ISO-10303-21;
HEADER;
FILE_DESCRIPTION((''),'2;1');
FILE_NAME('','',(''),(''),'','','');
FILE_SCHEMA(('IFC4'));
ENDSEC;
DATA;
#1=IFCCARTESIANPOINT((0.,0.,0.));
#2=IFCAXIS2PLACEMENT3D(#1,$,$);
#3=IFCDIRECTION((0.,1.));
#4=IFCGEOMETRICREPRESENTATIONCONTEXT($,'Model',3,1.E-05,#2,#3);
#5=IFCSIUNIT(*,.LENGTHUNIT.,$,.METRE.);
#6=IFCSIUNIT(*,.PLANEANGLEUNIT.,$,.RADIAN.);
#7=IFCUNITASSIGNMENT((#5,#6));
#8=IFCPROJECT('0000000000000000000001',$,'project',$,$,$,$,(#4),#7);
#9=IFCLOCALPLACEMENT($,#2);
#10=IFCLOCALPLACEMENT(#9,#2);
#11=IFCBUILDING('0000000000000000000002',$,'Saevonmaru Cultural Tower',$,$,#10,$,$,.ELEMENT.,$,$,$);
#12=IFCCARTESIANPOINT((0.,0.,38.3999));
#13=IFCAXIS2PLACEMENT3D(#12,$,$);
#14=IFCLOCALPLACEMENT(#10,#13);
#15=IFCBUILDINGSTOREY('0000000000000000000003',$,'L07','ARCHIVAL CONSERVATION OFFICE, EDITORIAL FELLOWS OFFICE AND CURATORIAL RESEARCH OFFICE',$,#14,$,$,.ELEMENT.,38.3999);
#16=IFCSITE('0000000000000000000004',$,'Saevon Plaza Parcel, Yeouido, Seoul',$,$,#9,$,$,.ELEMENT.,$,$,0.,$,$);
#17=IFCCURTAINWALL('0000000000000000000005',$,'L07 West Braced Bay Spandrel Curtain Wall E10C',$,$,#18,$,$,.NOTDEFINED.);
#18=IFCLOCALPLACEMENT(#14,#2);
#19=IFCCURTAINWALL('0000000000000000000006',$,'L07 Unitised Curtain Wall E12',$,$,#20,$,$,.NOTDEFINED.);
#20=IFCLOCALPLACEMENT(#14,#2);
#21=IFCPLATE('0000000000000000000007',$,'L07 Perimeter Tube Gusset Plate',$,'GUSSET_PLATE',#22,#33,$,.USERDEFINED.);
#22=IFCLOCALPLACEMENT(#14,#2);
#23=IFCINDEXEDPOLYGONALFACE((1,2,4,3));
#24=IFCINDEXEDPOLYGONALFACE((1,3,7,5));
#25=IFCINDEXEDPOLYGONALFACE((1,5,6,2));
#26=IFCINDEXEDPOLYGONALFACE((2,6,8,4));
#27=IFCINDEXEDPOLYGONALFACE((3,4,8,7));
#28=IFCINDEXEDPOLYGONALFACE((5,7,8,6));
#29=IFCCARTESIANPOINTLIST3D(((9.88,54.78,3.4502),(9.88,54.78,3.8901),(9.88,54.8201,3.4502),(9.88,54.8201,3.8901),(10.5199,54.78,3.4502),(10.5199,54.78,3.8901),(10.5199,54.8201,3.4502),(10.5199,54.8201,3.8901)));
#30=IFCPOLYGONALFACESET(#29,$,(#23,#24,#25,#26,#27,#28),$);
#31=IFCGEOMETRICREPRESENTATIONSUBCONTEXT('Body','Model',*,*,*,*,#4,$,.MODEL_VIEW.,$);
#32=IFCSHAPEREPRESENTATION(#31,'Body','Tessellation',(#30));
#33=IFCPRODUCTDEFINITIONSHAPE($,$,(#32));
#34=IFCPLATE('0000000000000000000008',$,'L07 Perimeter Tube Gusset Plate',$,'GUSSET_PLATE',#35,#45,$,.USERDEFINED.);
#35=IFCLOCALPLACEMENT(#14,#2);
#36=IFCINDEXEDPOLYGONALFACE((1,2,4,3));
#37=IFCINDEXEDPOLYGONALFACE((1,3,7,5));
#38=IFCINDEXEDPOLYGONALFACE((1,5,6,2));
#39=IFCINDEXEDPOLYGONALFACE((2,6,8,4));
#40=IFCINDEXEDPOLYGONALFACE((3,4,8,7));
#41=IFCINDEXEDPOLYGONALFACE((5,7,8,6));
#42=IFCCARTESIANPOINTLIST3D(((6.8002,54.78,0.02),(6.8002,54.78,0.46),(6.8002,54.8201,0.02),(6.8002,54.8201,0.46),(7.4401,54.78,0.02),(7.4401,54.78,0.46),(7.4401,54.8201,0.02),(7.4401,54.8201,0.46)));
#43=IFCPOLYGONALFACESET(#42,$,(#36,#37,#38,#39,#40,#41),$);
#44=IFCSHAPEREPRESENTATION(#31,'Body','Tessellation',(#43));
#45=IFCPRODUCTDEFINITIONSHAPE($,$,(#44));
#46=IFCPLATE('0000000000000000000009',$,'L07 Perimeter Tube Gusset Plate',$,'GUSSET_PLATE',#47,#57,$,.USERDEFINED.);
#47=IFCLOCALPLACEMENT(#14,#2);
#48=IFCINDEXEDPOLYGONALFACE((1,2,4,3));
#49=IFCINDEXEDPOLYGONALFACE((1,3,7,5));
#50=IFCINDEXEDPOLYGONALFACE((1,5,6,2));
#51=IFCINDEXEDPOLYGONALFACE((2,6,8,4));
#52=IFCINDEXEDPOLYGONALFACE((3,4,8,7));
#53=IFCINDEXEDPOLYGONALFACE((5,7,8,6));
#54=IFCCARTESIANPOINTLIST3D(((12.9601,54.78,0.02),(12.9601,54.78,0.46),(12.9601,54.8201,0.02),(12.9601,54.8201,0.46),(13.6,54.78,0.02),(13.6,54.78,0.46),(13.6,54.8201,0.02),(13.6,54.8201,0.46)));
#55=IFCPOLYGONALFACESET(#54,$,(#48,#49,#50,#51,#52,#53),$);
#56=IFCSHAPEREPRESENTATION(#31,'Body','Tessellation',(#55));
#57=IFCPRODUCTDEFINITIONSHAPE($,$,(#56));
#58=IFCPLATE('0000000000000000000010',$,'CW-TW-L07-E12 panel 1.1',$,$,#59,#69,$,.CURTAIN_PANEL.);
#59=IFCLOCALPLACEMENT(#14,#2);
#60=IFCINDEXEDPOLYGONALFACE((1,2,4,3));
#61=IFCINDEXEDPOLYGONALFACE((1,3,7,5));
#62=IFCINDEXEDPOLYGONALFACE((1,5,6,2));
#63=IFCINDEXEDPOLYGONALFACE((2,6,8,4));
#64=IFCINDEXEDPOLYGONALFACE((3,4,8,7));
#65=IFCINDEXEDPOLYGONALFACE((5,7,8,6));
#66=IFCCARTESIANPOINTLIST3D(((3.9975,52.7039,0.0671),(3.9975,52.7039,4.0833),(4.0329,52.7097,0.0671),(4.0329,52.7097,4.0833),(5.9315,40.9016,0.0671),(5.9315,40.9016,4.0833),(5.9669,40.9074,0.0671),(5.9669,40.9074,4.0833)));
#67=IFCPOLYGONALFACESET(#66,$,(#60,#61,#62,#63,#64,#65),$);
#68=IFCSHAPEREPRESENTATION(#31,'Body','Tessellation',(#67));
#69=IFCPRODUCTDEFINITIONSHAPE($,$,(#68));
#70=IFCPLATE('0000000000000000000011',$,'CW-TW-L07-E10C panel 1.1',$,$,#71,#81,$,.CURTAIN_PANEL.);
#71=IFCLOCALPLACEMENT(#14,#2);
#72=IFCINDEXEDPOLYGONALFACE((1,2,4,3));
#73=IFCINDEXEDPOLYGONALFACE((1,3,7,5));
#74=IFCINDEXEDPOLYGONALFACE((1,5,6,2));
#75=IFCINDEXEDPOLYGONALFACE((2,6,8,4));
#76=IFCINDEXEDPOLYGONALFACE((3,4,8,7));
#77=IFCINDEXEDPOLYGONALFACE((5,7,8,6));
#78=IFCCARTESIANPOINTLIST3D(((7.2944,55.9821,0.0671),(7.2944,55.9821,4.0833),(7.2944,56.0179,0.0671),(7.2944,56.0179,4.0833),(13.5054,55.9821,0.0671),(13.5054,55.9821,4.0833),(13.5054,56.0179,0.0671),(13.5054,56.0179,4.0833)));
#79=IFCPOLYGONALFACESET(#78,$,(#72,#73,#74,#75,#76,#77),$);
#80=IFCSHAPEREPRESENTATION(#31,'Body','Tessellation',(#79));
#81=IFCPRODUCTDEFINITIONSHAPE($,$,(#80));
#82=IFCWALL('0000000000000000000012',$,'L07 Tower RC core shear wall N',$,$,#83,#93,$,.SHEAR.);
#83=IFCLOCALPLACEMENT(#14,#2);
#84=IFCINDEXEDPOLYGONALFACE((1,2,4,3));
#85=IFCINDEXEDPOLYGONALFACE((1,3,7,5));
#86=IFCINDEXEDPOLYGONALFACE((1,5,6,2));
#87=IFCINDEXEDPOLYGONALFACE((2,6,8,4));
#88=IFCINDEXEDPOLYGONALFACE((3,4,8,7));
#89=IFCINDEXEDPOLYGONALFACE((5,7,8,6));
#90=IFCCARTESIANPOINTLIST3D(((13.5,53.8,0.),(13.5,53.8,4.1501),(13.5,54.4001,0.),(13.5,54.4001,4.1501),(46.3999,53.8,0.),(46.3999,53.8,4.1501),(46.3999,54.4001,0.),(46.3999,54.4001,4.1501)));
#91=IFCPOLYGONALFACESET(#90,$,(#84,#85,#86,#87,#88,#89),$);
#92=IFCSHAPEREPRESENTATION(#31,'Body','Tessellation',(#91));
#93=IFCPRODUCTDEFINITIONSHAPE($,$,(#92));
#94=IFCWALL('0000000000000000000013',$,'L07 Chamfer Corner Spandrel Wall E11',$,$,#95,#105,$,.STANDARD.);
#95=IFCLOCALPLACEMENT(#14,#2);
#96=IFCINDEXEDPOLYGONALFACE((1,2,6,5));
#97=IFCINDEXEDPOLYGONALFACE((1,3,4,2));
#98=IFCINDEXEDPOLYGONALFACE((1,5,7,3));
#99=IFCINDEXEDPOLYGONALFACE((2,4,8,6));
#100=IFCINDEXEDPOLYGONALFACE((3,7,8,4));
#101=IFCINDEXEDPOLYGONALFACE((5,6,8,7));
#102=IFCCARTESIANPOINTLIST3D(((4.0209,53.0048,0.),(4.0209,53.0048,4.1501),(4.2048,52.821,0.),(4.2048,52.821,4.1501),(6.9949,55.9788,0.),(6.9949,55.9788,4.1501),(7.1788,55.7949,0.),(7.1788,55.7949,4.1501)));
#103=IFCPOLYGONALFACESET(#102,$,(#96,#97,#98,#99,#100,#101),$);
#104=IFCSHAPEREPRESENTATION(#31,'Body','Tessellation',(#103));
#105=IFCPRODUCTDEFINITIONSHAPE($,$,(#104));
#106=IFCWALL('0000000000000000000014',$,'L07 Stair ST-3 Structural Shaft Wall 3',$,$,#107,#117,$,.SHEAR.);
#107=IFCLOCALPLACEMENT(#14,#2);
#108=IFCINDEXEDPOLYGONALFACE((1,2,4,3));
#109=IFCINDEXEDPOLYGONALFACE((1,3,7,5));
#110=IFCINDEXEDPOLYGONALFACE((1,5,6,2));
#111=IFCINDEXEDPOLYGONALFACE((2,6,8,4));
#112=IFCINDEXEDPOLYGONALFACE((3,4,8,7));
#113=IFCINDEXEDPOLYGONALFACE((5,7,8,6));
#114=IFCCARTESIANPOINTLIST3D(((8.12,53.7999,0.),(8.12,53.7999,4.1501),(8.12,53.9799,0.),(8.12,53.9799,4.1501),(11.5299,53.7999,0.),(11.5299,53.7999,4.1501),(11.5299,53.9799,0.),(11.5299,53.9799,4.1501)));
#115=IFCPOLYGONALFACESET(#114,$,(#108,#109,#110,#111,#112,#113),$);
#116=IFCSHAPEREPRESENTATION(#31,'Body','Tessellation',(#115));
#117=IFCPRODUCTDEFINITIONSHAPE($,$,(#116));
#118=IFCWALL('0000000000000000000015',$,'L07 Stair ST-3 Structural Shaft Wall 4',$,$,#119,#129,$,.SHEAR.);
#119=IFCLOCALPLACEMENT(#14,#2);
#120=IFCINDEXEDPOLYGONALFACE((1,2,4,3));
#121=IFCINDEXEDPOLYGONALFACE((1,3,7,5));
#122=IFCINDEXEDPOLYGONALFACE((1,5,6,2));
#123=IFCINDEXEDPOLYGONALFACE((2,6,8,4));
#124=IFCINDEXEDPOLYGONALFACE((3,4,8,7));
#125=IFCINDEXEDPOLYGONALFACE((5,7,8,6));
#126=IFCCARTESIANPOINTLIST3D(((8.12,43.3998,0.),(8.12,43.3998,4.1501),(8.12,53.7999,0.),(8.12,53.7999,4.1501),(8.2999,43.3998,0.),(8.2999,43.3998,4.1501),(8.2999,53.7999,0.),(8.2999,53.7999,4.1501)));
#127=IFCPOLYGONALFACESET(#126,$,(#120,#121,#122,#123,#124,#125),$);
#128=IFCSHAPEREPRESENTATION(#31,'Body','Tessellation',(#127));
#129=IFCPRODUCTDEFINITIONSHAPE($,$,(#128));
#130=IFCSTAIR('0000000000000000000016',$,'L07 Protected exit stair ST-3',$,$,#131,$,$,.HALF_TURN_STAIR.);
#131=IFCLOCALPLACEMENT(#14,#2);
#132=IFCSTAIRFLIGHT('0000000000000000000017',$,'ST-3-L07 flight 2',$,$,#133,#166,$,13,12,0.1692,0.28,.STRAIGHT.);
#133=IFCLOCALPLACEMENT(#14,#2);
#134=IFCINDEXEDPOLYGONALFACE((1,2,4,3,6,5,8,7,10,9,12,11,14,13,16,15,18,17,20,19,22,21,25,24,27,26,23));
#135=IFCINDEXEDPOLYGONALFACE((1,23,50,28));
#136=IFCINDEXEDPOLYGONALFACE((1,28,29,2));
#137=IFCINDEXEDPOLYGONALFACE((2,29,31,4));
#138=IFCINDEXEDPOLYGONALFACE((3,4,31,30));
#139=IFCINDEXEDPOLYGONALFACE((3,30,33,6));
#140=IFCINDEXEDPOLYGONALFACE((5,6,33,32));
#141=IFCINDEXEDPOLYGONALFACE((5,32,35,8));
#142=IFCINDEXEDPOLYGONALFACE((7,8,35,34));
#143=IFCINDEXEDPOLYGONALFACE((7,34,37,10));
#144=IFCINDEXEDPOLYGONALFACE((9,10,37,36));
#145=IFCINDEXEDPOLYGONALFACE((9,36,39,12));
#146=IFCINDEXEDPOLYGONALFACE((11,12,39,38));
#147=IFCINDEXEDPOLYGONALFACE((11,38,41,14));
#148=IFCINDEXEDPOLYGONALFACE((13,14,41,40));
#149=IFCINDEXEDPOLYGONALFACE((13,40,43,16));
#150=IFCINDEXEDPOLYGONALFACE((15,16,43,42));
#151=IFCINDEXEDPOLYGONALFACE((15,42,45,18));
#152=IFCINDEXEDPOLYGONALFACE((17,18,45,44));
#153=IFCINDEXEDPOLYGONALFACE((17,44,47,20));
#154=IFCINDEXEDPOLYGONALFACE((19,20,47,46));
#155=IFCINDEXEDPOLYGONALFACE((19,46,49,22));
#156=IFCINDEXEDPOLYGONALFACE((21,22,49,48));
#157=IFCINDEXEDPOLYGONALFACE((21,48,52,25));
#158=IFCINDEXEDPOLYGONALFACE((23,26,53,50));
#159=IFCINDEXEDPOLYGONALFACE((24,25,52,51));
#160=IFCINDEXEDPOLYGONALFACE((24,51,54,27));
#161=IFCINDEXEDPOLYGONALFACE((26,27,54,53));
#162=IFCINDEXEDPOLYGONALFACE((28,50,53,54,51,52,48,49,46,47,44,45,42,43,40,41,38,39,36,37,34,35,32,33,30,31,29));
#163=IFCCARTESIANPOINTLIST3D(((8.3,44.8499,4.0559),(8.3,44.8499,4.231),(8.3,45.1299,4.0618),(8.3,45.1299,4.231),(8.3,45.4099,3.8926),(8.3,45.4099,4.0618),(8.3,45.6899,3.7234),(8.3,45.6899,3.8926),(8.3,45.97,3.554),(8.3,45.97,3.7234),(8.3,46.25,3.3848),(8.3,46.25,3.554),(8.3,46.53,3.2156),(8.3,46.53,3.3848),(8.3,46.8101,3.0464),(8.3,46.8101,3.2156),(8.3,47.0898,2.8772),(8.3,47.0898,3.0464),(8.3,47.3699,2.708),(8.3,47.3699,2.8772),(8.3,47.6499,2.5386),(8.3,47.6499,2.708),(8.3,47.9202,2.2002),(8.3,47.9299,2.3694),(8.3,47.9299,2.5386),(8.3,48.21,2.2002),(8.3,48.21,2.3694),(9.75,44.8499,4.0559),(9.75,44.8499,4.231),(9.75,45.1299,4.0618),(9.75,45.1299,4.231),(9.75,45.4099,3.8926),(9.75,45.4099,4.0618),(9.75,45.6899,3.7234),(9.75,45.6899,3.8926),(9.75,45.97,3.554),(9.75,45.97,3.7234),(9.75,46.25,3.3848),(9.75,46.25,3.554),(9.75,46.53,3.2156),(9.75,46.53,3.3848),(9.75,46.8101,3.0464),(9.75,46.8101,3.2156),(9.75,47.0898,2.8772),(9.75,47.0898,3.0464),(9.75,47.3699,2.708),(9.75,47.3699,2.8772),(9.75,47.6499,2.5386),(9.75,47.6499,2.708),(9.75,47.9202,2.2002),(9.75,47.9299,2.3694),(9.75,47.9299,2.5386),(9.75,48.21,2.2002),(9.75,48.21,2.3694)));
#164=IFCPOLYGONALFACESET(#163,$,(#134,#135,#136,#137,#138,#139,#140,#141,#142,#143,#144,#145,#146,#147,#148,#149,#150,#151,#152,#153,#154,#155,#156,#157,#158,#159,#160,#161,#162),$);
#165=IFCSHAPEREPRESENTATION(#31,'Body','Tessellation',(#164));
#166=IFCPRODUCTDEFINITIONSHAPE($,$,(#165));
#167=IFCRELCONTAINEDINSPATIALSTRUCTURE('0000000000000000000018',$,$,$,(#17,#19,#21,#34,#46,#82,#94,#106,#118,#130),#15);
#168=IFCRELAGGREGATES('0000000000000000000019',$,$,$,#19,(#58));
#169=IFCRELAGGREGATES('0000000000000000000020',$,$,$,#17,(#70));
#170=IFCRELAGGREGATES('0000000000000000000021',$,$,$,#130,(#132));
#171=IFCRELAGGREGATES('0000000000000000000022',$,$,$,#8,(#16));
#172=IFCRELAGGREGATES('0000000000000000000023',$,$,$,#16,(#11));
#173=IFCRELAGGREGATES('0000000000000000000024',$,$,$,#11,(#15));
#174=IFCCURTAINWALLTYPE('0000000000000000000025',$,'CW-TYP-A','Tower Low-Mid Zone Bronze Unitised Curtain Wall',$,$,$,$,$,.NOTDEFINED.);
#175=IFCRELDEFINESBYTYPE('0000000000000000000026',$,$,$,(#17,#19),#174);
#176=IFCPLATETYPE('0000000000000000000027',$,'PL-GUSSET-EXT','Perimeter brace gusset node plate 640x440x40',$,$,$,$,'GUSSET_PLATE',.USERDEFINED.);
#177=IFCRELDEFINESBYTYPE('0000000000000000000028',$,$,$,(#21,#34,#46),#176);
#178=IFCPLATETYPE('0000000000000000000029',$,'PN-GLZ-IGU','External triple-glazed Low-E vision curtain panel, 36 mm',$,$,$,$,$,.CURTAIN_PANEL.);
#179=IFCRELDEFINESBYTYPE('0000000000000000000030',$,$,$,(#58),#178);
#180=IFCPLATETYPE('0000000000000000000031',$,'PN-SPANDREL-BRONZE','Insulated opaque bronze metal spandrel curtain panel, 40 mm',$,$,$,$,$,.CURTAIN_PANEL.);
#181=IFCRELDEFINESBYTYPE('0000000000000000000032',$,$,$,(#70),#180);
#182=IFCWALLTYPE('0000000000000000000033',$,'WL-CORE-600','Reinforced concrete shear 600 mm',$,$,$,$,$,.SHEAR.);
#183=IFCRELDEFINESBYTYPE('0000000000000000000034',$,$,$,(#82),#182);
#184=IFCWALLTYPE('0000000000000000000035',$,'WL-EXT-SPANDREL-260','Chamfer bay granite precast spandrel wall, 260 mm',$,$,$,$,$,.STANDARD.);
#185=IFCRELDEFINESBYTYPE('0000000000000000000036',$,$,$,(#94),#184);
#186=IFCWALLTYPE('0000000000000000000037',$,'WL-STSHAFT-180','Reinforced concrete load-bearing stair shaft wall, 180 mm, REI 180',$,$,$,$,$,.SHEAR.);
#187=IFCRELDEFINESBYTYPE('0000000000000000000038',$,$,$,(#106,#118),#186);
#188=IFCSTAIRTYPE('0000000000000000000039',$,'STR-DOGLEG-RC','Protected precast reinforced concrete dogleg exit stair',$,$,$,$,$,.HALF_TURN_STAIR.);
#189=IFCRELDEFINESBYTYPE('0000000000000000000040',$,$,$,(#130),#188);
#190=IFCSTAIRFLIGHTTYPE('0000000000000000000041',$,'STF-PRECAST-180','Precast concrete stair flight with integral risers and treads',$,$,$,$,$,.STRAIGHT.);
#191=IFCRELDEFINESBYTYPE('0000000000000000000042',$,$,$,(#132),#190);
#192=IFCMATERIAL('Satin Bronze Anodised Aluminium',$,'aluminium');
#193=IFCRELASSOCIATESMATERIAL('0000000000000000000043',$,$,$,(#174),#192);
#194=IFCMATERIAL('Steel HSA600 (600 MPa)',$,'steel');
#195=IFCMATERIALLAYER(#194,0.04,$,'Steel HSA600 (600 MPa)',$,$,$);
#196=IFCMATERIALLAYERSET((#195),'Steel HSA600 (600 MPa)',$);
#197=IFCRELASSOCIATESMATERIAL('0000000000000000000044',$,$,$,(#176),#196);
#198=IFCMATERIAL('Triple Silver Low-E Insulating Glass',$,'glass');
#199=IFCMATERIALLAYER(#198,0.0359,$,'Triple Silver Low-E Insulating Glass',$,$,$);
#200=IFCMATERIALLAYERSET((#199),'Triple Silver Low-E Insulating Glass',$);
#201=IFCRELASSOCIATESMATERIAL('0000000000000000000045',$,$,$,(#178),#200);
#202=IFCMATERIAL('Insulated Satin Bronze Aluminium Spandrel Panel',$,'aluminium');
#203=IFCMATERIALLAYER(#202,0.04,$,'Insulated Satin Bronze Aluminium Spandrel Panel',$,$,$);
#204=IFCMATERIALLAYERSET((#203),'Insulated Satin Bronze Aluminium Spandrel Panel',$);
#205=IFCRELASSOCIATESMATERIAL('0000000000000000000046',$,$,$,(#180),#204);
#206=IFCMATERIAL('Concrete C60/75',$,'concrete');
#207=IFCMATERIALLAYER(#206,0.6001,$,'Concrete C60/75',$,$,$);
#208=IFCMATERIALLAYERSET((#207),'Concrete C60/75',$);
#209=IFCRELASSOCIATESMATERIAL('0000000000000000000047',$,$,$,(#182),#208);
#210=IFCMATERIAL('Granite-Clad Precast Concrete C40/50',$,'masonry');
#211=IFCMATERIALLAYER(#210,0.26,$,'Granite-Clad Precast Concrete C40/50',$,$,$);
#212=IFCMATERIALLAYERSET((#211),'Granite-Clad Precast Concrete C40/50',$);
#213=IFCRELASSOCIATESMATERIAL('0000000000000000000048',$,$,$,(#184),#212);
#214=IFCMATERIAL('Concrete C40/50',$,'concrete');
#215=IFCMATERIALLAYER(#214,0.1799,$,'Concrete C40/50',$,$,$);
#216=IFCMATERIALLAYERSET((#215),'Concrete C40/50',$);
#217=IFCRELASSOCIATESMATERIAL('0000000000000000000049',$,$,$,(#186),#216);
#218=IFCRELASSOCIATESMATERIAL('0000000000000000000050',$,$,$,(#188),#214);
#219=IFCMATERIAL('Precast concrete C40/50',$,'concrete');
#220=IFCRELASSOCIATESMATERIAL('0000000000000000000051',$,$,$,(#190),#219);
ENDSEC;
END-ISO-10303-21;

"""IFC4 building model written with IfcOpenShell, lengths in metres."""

from ifc_helpers import new_model, si_unit, direction, frame, frame_2d, origin, origin_2d, place, context, subcontext, project, spatial, polyline, rectangle, outline, extrude, material, layer, layer_set, type_object, element, aggregate, save


model = new_model("IFC4")

# Units and contexts
model_context = context("Model", 3, precision=1e-05, world=origin(), true_north=direction((0.0, 1.0)))
body_context = subcontext(model_context, "Body", "Model", "MODEL_VIEW")
ifc_project = project(units=[si_unit("LENGTHUNIT", "METRE"), si_unit("PLANEANGLEUNIT", "RADIAN")], contexts=[model_context])

# Site, building, storey
site_placement = place(None, origin())
site = spatial("IfcSite", under=ifc_project, at=site_placement, Name="Saevon Plaza Parcel, Yeouido, Seoul", CompositionType="ELEMENT", RefElevation=0.0)
building_placement = place(site_placement, origin())
building = spatial("IfcBuilding", under=site, at=building_placement, Name="Saevonmaru Cultural Tower", CompositionType="ELEMENT")
storey_placement = place(building_placement, frame((0.0, 0.0, 38.3999)))
storey = spatial("IfcBuildingStorey", under=building, at=storey_placement, Name="L07", Description="ARCHIVAL CONSERVATION OFFICE, EDITORIAL FELLOWS OFFICE AND CURATORIAL RESEARCH OFFICE", CompositionType="ELEMENT", Elevation=38.3999)

# Shared definitions
ifc_material_1 = material(Name="Steel HSA600 (600 MPa)", Category="steel")

# Curtain wall
ifc_material_2 = material(Name="Satin Bronze Anodised Aluminium", Category="aluminium")
curtain_wall_type = type_object("IfcCurtainWallType", Name="CW-TYP-A", Description="Tower Low-Mid Zone Bronze Unitised Curtain Wall", PredefinedType="NOTDEFINED", material=ifc_material_2)
curtain_wall_1_placement = place(storey_placement, origin())
curtain_wall_1 = element("IfcCurtainWall", 1, at=curtain_wall_1_placement, inside=storey, type_object=curtain_wall_type, Name="L07 West Braced Bay Spandrel Curtain Wall E10C", PredefinedType="NOTDEFINED")

# Curtain wall
curtain_wall_2_placement = place(storey_placement, origin())
curtain_wall_2 = element("IfcCurtainWall", 2, at=curtain_wall_2_placement, inside=storey, type_object=curtain_wall_type, Name="L07 Unitised Curtain Wall E12", PredefinedType="NOTDEFINED")

# Plates
ifc_layer_1 = layer(ifc_material_1, 0.04, Name="Steel HSA600 (600 MPa)")
ifc_layer_set_1 = layer_set([ifc_layer_1], Name="Steel HSA600 (600 MPa)")
plate_type_1 = type_object("IfcPlateType", Name="PL-GUSSET-EXT", Description="Perimeter brace gusset node plate 640x440x40", ElementType="GUSSET_PLATE", PredefinedType="USERDEFINED", material=ifc_layer_set_1)
for number, where, z_axis, x_axis, name in (
    (3, (10.2, 54.8, 3.4502), (0.0, 0.0, 1.0), (1.0, 0.0, 0.0), "L07 Perimeter Tube Gusset Plate"),
    (4, (7.1201, 54.8, 0.02), (0.0, 0.0, 1.0), (1.0, 0.0, 0.0), "L07 Perimeter Tube Gusset Plate"),
    (5, (13.28, 54.8, 0.02), (0.0, 0.0, 1.0), (1.0, 0.0, 0.0), "L07 Perimeter Tube Gusset Plate"),
):
    element("IfcPlate", number, at=place(storey_placement, frame(where, z_axis=z_axis, x_axis=x_axis)), inside=storey, type_object=plate_type_1, Name=name, ObjectType="GUSSET_PLATE", PredefinedType="USERDEFINED", context=body_context, shape_type="SweptSolid", body=[
        extrude(rectangle(XDim=0.6399, YDim=0.04, at=origin_2d()), origin(), (0.0, 0.0, 1.0), 0.4399),
    ])

# Plates
ifc_material_3 = material(Name="Triple Silver Low-E Insulating Glass", Category="glass")
ifc_layer_2 = layer(ifc_material_3, 0.0359, Name="Triple Silver Low-E Insulating Glass")
ifc_layer_set_2 = layer_set([ifc_layer_2], Name="Triple Silver Low-E Insulating Glass")
plate_type_2 = type_object("IfcPlateType", Name="PN-GLZ-IGU", Description="External triple-glazed Low-E vision curtain panel, 36 mm", PredefinedType="CURTAIN_PANEL", material=ifc_layer_set_2)
plate_1_placement = place(storey_placement, frame((4.9822, 46.8057, 0.0671), z_axis=(0.0, 0.0, 1.0), x_axis=(0.161709, -0.986839, 0.0)))
plate_1 = element("IfcPlate", 6, at=plate_1_placement, type_object=plate_type_2, Name="CW-TW-L07-E12 panel 1.1", PredefinedType="CURTAIN_PANEL", context=body_context, shape_type="SweptSolid", body=[
    extrude(rectangle(XDim=11.9597, YDim=0.0359, at=origin_2d()), origin(), (0.0, 0.0, 1.0), 4.0161),
])
aggregate(curtain_wall_2, [plate_1])
ifc_material_4 = material(Name="Insulated Satin Bronze Aluminium Spandrel Panel", Category="aluminium")
ifc_layer_3 = layer(ifc_material_4, 0.04, Name="Insulated Satin Bronze Aluminium Spandrel Panel")
ifc_layer_set_3 = layer_set([ifc_layer_3], Name="Insulated Satin Bronze Aluminium Spandrel Panel")
plate_type_3 = type_object("IfcPlateType", Name="PN-SPANDREL-BRONZE", Description="Insulated opaque bronze metal spandrel curtain panel, 40 mm", PredefinedType="CURTAIN_PANEL", material=ifc_layer_set_3)
plate_2_placement = place(storey_placement, frame((10.3999, 56.0, 0.0671), z_axis=(0.0, 0.0, 1.0), x_axis=(-1.0, 0.0, 0.0)))
plate_2 = element("IfcPlate", 7, at=plate_2_placement, type_object=plate_type_3, Name="CW-TW-L07-E10C panel 1.1", PredefinedType="CURTAIN_PANEL", context=body_context, shape_type="SweptSolid", body=[
    extrude(rectangle(XDim=6.2109, YDim=0.0359, at=origin_2d()), origin(), (0.0, 0.0, 1.0), 4.0161),
])
aggregate(curtain_wall_1, [plate_2])

# Walls
ifc_material_5 = material(Name="Concrete C60/75", Category="concrete")
ifc_layer_4 = layer(ifc_material_5, 0.6001, Name="Concrete C60/75")
ifc_layer_set_4 = layer_set([ifc_layer_4], Name="Concrete C60/75")
wall_type_1 = type_object("IfcWallType", Name="WL-CORE-600", Description="Reinforced concrete shear 600 mm", PredefinedType="SHEAR", material=ifc_layer_set_4)
wall_1_placement = place(storey_placement, frame((13.5, 54.1001, 0.0), z_axis=(0.0, 0.0, 1.0), x_axis=(1.0, 0.0, 0.0)))
element("IfcWall", 8, at=wall_1_placement, inside=storey, type_object=wall_type_1, Name="L07 Tower RC core shear wall N", PredefinedType="SHEAR", context=body_context, shape_type="SweptSolid", body=[
    extrude(rectangle(XDim=32.8999, YDim=0.6001, at=frame_2d((16.45, 0.0))), origin(), (0.0, 0.0, 1.0), 4.1501),
])
ifc_material_6 = material(Name="Granite-Clad Precast Concrete C40/50", Category="masonry")
ifc_layer_5 = layer(ifc_material_6, 0.26, Name="Granite-Clad Precast Concrete C40/50")
ifc_layer_set_5 = layer_set([ifc_layer_5], Name="Granite-Clad Precast Concrete C40/50")
wall_type_2 = type_object("IfcWallType", Name="WL-EXT-SPANDREL-260", Description="Chamfer bay granite precast spandrel wall, 260 mm", PredefinedType="STANDARD", material=ifc_layer_set_5)
wall_2_placement = place(storey_placement, frame((7.0869, 55.887, 0.0), z_axis=(0.0, 0.0, 1.0), x_axis=(-0.707107, -0.707107, 0.0)))
element("IfcWall", 9, at=wall_2_placement, inside=storey, type_object=wall_type_2, Name="L07 Chamfer Corner Spandrel Wall E11", PredefinedType="STANDARD", context=body_context, shape_type="SweptSolid", body=[
    extrude(rectangle(XDim=4.2058, YDim=0.26, at=frame_2d((2.103, 0.0))), origin(), (0.0, 0.0, 1.0), 4.1501),
])
ifc_material_7 = material(Name="Concrete C40/50", Category="concrete")
ifc_layer_6 = layer(ifc_material_7, 0.1799, Name="Concrete C40/50")
ifc_layer_set_6 = layer_set([ifc_layer_6], Name="Concrete C40/50")
wall_type_3 = type_object("IfcWallType", Name="WL-STSHAFT-180", Description="Reinforced concrete load-bearing stair shaft wall, 180 mm, REI 180", PredefinedType="SHEAR", material=ifc_layer_set_6)
wall_3_placement = place(storey_placement, frame((11.53, 53.8899, 0.0), z_axis=(0.0, 0.0, 1.0), x_axis=(-1.0, 0.0, 0.0)))
element("IfcWall", 10, at=wall_3_placement, inside=storey, type_object=wall_type_3, Name="L07 Stair ST-3 Structural Shaft Wall 3", PredefinedType="SHEAR", context=body_context, shape_type="SweptSolid", body=[
    extrude(rectangle(XDim=3.4099, YDim=0.1799, at=frame_2d((1.7051, 0.0))), origin(), (0.0, 0.0, 1.0), 4.1501),
])
wall_4_placement = place(storey_placement, frame((8.21, 53.8, 0.0), z_axis=(0.0, 0.0, 1.0), x_axis=(0.0, -1.0, 0.0)))
element("IfcWall", 11, at=wall_4_placement, inside=storey, type_object=wall_type_3, Name="L07 Stair ST-3 Structural Shaft Wall 4", PredefinedType="SHEAR", context=body_context, shape_type="SweptSolid", body=[
    extrude(rectangle(XDim=10.4001, YDim=0.1799, at=frame_2d((5.2002, 0.0))), origin(), (0.0, 0.0, 1.0), 4.1501),
])

# Stair, stair flight
stair_type = type_object("IfcStairType", Name="STR-DOGLEG-RC", Description="Protected precast reinforced concrete dogleg exit stair", PredefinedType="HALF_TURN_STAIR", material=ifc_material_7)
stair_placement = place(storey_placement, origin())
stair = element("IfcStair", 12, at=stair_placement, inside=storey, type_object=stair_type, Name="L07 Protected exit stair ST-3", PredefinedType="HALF_TURN_STAIR")
ifc_material_8 = material(Name="Precast concrete C40/50", Category="concrete")
stair_flight_type = type_object("IfcStairFlightType", Name="STF-PRECAST-180", Description="Precast concrete stair flight with integral risers and treads", PredefinedType="STRAIGHT", material=ifc_material_8)
stair_flight_placement = place(storey_placement, frame((9.0249, 48.21, 2.2002), z_axis=(0.0, 0.0, 1.0), x_axis=(0.0, -1.0, 0.0)))
stair_flight = element("IfcStairFlight", 13, at=stair_flight_placement, type_object=stair_flight_type, Name="ST-3-L07 flight 2", NumberOfRisers=13, NumberOfTreads=12, PredefinedType="STRAIGHT", RiserHeight=0.1692, TreadLength=0.28, context=body_context, shape_type="SweptSolid", body=[
    extrude(outline(polyline([(0.0, 0.0), (0.0, 0.1692), (0.28, 0.1692), (0.28, 0.3384), (0.5601, 0.3384), (0.5601, 0.5078), (0.8401, 0.5078), (0.8401, 0.677), (1.1201, 0.677), (1.1201, 0.8462), (1.3999, 0.8462), (1.3999, 1.0154), (1.6799, 1.0154), (1.6799, 1.1846), (1.96, 1.1846), (1.96, 1.3538), (2.24, 1.3538), (2.24, 1.5232), (2.52, 1.5232), (2.52, 1.6924), (2.8, 1.6924), (2.8, 1.8616), (3.0801, 1.8616), (3.0801, 2.0308), (3.3601, 2.0308), (3.3601, 2.2), (3.3601, 1.8557), (0.2898, 0.0), (0.0, 0.0)])), frame((0.0, 0.7251, 0.0), z_axis=(0.0, -1.0, 0.0), x_axis=(1.0, 0.0, 0.0)), (0.0, 0.0, 1.0), 1.45),
])
aggregate(stair, [stair_flight])

save(model, "model.ifc")
